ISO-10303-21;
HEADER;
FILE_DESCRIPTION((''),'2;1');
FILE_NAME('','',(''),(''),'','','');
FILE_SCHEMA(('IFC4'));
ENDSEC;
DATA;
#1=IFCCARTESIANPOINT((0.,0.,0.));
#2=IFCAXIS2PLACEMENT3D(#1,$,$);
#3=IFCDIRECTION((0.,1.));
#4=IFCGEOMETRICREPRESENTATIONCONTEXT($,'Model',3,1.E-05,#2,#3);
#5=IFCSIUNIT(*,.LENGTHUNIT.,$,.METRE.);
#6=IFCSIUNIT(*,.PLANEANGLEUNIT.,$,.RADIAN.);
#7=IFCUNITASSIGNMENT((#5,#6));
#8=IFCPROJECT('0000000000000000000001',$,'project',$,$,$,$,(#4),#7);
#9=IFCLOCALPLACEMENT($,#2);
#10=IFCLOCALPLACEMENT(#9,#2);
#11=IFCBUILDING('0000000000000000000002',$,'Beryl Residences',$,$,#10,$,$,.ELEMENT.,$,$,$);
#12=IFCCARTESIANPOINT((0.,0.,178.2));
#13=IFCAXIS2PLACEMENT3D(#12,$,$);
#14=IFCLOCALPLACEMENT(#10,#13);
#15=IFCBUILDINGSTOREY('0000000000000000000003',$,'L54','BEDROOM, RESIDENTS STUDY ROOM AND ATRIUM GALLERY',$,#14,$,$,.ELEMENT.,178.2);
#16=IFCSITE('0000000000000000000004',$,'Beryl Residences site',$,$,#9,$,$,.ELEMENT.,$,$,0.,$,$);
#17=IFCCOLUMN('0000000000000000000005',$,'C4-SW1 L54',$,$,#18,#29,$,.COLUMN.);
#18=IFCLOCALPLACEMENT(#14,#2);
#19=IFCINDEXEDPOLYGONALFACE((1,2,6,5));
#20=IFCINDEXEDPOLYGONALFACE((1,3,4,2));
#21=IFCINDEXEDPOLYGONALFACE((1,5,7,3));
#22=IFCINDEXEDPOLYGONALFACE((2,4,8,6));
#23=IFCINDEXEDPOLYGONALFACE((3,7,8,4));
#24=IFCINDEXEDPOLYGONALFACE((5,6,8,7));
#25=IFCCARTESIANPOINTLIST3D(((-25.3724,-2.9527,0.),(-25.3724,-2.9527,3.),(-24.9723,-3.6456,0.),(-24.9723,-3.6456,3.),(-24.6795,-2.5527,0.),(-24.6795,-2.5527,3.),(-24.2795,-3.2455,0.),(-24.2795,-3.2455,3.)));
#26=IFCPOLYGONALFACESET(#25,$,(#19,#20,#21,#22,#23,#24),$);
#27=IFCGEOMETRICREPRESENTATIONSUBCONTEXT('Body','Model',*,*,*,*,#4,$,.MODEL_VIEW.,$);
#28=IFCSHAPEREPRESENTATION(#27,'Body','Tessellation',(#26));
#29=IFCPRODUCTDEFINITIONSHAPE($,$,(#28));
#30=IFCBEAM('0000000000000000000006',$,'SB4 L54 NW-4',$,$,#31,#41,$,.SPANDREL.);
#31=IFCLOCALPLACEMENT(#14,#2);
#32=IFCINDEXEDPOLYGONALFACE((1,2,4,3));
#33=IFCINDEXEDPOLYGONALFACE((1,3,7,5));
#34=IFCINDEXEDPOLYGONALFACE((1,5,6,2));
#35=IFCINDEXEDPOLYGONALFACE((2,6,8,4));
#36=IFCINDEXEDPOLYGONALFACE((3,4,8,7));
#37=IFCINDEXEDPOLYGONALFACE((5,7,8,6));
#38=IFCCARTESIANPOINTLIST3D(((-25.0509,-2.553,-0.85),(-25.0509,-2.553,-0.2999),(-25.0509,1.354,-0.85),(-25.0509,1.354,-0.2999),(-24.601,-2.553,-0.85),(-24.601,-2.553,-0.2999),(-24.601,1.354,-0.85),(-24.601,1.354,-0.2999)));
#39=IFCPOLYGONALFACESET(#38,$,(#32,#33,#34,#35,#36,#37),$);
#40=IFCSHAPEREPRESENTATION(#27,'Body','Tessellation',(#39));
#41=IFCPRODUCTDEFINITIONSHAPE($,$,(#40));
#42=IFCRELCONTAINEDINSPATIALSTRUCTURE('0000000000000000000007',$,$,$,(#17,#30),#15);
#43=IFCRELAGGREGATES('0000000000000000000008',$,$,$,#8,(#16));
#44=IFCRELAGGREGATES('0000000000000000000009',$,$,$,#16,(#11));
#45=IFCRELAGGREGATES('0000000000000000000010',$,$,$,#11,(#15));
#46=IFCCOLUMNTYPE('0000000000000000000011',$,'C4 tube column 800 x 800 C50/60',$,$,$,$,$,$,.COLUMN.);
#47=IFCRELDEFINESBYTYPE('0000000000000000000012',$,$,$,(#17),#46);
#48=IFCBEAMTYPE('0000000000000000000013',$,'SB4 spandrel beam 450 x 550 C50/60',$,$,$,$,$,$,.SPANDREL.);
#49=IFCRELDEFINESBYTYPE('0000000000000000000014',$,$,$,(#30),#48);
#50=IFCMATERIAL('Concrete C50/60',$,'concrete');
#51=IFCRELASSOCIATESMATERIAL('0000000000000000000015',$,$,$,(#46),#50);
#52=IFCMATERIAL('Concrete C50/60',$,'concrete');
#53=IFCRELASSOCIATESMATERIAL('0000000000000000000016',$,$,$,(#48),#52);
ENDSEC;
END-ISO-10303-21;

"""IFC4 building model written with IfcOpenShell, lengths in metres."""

from ifc_helpers import new_model, si_unit, direction, frame, origin, origin_2d, place, context, subcontext, project, spatial, rectangle, extrude, material, material_profile, profile_set, type_object, element, save


model = new_model("IFC4")

# Units and contexts
model_context = context("Model", 3, precision=1e-05, world=origin(), true_north=direction((0.0, 1.0)))
body_context = subcontext(model_context, "Body", "Model", "MODEL_VIEW")
ifc_project = project(units=[si_unit("LENGTHUNIT", "METRE"), si_unit("PLANEANGLEUNIT", "RADIAN")], contexts=[model_context])

# Site, building, storey
site_placement = place(None, origin())
site = spatial("IfcSite", under=ifc_project, at=site_placement, Name="Beryl Residences site", CompositionType="ELEMENT", RefElevation=0.0)
building_placement = place(site_placement, origin())
building = spatial("IfcBuilding", under=site, at=building_placement, Name="Beryl Residences", CompositionType="ELEMENT")
storey_placement = place(building_placement, frame((0.0, 0.0, 178.2)))
storey = spatial("IfcBuildingStorey", under=building, at=storey_placement, Name="L54", Description="BEDROOM, RESIDENTS STUDY ROOM AND ATRIUM GALLERY", CompositionType="ELEMENT", Elevation=178.2)

# Column
ifc_material_1 = material(Name="Concrete C50/60", Category="concrete")
ifc_material_profile_1 = material_profile(ifc_material_1, rectangle(XDim=0.8, YDim=0.8, at=origin_2d()))
ifc_profile_set_1 = profile_set([ifc_material_profile_1], Name="Concrete C50/60")
column_type = type_object("IfcColumnType", Name="C4 tube column 800 x 800 C50/60", PredefinedType="COLUMN", material=ifc_profile_set_1)
column_placement = place(storey_placement, frame((-24.8259, -3.0991, 0.0), z_axis=(0.0, 0.0, 1.0), x_axis=(0.5, -0.866025, 0.0)))
element("IfcColumn", 1, at=column_placement, inside=storey, type_object=column_type, Name="C4-SW1 L54", PredefinedType="COLUMN", context=body_context, shape_type="SweptSolid", body=[
    extrude(rectangle(XDim=0.8, YDim=0.8, at=origin_2d()), origin(), (0.0, 0.0, 1.0), 3.0),
])

# Beam
ifc_material_2 = material(Name="Concrete C50/60", Category="concrete")
ifc_material_profile_2 = material_profile(ifc_material_2, rectangle(XDim=0.45, YDim=0.55, at=origin_2d()))
ifc_profile_set_2 = profile_set([ifc_material_profile_2], Name="Concrete C50/60")
beam_type = type_object("IfcBeamType", Name="SB4 spandrel beam 450 x 550 C50/60", PredefinedType="SPANDREL", material=ifc_profile_set_2)
beam_placement = place(storey_placement, frame((-24.8259, 1.354, -0.575), z_axis=(0.0, -1.0, 0.0), x_axis=(1.0, 0.0, 0.0)))
element("IfcBeam", 2, at=beam_placement, inside=storey, type_object=beam_type, Name="SB4 L54 NW-4", PredefinedType="SPANDREL", context=body_context, shape_type="SweptSolid", body=[
    extrude(rectangle(XDim=0.45, YDim=0.55, at=origin_2d()), origin(), (0.0, 0.0, 1.0), 3.907),
])

save(model, "model.ifc")
